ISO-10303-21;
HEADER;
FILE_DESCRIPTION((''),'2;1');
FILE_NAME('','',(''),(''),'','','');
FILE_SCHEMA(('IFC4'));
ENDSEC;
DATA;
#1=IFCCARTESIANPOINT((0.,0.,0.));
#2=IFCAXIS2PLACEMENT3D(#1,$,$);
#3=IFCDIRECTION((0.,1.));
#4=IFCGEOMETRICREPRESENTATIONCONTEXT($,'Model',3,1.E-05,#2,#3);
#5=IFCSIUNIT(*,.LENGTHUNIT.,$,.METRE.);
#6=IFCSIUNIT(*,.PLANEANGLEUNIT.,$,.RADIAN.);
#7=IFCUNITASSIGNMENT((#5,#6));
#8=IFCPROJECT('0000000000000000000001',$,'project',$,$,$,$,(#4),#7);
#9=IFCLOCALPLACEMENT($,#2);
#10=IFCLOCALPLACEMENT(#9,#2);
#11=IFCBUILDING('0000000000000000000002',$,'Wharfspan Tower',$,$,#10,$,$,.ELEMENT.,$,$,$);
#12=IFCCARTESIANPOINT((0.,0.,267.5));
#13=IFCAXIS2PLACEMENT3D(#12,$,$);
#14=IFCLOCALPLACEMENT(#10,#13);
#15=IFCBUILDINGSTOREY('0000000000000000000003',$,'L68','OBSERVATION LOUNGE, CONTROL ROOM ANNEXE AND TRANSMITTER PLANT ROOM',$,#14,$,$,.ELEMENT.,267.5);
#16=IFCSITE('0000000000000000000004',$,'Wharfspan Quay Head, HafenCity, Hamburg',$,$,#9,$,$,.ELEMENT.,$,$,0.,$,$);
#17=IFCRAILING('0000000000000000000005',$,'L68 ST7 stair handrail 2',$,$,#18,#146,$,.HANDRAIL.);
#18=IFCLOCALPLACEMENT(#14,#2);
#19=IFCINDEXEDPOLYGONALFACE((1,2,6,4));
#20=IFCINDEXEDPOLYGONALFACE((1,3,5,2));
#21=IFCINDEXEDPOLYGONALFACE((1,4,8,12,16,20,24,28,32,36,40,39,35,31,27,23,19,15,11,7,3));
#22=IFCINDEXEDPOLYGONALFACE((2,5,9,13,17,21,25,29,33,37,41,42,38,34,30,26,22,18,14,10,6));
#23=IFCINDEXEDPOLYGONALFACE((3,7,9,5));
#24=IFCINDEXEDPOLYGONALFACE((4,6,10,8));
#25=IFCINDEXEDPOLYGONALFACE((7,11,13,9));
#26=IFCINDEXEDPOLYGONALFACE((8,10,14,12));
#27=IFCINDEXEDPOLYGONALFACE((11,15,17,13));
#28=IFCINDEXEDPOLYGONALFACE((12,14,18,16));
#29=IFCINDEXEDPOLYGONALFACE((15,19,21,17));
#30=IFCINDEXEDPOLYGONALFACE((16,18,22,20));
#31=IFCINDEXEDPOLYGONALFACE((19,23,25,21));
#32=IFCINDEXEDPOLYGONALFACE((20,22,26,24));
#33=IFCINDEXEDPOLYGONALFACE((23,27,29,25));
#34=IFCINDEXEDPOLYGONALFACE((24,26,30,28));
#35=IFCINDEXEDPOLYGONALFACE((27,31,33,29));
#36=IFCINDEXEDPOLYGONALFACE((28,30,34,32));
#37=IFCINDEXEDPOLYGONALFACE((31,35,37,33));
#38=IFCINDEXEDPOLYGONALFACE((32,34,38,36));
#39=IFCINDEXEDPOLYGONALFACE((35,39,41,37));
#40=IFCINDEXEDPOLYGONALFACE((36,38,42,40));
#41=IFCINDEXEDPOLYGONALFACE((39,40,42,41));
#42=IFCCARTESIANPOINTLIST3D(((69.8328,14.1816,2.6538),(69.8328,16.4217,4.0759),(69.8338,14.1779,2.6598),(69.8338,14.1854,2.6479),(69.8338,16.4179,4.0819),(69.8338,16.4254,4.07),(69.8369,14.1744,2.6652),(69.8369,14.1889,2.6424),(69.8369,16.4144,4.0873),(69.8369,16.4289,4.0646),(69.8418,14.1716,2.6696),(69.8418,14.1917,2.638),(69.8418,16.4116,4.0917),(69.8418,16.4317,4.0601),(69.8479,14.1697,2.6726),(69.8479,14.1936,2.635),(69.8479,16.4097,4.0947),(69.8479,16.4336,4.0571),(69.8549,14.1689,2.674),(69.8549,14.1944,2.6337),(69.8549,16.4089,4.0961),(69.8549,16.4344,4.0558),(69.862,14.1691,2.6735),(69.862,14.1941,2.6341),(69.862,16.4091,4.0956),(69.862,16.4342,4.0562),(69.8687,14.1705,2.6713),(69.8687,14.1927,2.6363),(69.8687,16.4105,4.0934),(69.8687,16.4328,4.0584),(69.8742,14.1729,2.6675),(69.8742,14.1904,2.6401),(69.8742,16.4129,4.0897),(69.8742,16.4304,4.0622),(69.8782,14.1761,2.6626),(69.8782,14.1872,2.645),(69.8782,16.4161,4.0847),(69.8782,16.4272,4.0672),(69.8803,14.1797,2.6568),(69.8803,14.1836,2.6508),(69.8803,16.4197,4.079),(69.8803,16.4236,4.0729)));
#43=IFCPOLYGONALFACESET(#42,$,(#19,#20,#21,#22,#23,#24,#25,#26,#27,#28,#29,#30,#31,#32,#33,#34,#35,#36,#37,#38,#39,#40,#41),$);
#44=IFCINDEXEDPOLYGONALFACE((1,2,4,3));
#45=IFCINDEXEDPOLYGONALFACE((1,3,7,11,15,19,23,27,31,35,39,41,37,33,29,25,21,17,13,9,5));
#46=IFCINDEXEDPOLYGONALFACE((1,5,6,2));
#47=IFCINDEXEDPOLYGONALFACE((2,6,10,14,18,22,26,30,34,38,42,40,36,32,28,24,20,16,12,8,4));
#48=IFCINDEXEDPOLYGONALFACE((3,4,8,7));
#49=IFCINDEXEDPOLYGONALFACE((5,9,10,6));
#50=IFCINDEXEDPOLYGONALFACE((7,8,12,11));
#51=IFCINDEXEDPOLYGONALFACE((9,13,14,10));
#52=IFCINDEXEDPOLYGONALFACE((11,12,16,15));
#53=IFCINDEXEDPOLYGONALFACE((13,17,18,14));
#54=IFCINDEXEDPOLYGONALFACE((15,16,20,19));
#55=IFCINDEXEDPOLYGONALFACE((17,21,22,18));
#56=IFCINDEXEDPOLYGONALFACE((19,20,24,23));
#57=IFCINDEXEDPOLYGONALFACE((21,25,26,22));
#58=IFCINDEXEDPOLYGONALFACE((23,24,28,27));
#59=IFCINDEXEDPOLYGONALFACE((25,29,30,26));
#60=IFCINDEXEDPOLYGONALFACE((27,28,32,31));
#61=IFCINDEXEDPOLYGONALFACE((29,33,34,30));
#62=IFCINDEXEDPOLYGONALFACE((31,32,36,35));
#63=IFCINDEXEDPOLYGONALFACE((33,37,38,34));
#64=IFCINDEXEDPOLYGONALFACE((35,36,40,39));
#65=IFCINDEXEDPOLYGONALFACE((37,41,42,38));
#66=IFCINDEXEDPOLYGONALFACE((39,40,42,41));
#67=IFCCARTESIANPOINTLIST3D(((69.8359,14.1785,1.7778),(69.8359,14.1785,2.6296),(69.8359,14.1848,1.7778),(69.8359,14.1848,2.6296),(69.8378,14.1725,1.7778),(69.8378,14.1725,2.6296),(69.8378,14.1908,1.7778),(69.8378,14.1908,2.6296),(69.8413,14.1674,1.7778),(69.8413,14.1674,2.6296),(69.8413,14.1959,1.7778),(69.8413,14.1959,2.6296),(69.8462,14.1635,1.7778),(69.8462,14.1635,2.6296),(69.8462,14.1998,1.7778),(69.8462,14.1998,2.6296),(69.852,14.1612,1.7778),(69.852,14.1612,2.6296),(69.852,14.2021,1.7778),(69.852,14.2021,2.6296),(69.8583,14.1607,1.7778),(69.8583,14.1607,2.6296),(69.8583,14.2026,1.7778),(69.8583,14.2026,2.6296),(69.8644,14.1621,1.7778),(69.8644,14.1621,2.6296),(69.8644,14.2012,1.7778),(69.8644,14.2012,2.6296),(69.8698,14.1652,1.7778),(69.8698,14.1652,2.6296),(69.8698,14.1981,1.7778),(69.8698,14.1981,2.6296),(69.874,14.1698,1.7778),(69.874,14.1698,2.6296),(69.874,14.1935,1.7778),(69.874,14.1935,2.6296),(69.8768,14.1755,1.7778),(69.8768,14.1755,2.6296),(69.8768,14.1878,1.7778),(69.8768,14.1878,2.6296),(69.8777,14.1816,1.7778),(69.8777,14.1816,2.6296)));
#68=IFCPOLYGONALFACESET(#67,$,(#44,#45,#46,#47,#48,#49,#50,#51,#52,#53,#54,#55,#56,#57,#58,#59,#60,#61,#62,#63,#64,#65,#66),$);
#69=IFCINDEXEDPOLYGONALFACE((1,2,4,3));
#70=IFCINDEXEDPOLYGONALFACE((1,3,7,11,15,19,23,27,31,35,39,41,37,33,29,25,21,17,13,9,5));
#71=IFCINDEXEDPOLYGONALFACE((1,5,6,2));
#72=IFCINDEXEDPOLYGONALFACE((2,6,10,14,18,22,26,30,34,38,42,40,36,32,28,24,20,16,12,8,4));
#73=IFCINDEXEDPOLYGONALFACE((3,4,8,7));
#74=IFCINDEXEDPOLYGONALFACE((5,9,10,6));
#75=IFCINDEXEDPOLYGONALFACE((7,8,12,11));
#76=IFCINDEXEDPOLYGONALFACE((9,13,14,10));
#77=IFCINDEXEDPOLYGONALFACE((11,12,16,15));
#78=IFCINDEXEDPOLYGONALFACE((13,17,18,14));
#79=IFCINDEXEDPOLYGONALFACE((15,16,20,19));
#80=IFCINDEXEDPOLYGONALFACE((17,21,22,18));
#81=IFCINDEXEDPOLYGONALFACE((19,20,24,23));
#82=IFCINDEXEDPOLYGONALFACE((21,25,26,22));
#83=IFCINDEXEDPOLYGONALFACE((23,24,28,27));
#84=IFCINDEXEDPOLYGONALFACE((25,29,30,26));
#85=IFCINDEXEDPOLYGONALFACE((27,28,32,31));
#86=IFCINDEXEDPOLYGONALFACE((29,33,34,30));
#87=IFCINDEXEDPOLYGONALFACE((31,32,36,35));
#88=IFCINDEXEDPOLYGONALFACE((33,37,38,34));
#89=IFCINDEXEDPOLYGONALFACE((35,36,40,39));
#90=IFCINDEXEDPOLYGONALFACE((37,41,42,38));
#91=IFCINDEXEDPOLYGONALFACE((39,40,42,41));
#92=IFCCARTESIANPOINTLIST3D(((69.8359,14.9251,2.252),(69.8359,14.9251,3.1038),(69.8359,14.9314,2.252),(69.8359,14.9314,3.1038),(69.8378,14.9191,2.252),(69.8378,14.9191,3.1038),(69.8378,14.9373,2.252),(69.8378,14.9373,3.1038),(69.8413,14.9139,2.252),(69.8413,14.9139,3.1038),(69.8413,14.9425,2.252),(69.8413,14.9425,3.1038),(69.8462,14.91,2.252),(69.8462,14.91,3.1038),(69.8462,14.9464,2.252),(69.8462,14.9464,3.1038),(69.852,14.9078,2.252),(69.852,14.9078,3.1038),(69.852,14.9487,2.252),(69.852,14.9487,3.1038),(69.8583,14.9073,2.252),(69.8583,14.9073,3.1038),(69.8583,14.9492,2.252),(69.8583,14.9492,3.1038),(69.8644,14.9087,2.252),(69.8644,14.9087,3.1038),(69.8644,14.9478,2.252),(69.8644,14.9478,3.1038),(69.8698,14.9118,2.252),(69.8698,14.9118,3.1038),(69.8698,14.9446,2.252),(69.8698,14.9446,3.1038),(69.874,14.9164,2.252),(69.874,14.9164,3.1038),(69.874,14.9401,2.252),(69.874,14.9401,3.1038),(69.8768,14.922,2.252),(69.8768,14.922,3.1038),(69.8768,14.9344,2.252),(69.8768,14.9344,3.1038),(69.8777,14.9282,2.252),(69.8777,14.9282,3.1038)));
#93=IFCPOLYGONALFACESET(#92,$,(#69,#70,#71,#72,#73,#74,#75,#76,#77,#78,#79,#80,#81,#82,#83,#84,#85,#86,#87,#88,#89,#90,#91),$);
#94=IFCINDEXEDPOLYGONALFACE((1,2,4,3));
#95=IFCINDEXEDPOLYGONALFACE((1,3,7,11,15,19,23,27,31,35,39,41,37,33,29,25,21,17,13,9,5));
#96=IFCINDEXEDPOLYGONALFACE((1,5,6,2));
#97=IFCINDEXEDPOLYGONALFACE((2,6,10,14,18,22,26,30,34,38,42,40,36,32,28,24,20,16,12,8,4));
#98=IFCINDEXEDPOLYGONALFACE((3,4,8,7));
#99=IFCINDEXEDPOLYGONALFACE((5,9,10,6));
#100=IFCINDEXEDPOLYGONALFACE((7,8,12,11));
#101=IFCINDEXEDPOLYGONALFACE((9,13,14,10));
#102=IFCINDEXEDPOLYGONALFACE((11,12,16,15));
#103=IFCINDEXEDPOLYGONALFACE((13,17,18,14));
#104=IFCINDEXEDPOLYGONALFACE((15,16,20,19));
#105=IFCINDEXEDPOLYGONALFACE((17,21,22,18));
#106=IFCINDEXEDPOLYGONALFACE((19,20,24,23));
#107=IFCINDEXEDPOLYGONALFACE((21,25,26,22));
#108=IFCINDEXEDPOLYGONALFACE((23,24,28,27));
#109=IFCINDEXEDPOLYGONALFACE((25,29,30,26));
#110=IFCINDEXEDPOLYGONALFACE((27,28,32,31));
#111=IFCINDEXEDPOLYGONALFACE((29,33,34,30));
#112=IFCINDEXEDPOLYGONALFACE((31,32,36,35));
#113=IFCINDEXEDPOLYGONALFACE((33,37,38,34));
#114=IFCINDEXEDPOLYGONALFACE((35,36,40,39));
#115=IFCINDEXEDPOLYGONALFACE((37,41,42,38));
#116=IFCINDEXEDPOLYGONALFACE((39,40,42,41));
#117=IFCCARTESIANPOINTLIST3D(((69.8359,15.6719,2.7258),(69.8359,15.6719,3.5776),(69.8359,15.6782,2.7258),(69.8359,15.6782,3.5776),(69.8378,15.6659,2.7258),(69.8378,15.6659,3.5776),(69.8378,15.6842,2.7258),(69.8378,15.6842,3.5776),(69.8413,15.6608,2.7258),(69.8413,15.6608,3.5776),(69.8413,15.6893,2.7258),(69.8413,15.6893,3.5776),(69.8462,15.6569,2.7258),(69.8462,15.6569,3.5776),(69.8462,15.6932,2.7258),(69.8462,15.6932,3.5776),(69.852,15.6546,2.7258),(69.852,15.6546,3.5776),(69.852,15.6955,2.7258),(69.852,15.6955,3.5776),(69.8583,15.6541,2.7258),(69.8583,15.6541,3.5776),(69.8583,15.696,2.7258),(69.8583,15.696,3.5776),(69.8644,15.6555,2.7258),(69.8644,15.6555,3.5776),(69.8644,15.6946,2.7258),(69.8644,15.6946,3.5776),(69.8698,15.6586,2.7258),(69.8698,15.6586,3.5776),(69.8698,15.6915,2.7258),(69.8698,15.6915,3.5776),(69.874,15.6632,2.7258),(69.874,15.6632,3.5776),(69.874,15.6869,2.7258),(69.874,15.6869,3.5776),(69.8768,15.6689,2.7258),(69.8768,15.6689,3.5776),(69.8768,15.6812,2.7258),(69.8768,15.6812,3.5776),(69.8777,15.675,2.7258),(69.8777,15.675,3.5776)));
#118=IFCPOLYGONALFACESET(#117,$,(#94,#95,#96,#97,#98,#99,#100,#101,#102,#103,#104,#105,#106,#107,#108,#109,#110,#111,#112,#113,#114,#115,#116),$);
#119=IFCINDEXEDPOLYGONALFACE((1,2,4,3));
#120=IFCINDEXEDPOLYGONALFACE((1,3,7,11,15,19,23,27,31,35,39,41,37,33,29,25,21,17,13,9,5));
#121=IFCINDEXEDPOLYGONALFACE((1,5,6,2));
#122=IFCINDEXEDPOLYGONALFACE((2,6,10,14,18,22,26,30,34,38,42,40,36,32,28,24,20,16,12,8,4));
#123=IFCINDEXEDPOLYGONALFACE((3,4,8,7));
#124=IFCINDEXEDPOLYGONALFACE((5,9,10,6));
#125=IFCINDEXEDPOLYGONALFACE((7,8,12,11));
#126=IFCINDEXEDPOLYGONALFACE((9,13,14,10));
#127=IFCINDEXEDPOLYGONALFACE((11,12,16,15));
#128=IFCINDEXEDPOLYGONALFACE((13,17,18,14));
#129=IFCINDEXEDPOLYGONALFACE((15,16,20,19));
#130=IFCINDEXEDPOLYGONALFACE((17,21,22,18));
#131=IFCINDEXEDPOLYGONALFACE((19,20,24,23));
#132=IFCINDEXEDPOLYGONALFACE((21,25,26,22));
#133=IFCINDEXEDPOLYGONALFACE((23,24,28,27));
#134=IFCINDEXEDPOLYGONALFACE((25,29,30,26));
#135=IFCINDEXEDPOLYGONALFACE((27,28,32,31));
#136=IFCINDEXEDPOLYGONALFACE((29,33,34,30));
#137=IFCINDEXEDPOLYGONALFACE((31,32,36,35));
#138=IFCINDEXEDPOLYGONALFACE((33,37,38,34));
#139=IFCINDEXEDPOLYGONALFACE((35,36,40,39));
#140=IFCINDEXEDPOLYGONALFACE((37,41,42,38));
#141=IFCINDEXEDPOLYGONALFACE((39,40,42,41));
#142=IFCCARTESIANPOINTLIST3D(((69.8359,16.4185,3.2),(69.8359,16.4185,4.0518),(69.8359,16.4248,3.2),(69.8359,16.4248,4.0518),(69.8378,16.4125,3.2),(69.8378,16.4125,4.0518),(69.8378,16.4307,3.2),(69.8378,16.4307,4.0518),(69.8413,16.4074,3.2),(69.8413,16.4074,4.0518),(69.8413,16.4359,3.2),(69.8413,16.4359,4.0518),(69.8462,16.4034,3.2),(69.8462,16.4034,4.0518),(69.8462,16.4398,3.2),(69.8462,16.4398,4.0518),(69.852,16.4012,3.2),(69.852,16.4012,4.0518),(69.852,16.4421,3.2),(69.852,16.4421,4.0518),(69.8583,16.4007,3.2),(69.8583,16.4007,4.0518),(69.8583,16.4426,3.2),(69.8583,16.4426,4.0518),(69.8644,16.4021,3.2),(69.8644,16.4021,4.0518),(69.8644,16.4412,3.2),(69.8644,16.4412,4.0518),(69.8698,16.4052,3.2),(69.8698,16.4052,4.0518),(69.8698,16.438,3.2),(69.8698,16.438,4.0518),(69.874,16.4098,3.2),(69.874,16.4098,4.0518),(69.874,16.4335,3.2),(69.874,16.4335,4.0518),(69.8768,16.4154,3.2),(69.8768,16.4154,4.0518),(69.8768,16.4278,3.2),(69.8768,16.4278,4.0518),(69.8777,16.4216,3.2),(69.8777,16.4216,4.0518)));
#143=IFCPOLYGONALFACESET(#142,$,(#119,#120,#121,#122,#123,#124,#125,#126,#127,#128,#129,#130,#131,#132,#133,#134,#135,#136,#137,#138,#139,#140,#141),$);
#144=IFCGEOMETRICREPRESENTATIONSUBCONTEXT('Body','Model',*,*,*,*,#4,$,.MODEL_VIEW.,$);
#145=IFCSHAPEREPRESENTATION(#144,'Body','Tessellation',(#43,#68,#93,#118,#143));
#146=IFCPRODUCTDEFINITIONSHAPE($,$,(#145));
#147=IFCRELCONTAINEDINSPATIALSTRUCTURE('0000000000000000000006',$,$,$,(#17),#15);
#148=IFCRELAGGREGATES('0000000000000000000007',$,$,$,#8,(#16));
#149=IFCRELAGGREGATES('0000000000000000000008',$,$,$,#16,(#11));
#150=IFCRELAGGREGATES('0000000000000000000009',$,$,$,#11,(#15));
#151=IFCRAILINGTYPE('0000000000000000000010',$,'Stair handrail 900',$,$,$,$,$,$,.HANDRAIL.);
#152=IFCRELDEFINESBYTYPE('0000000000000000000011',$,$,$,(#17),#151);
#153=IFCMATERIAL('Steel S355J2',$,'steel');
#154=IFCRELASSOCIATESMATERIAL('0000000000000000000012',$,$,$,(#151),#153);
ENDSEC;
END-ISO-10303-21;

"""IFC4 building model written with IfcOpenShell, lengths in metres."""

from ifc_helpers import new_model, si_unit, direction, frame, origin, origin_2d, place, context, subcontext, project, spatial, circle, extrude, material, type_object, element, save


model = new_model("IFC4")

# Units and contexts
model_context = context("Model", 3, precision=1e-05, world=origin(), true_north=direction((0.0, 1.0)))
body_context = subcontext(model_context, "Body", "Model", "MODEL_VIEW")
ifc_project = project(units=[si_unit("LENGTHUNIT", "METRE"), si_unit("PLANEANGLEUNIT", "RADIAN")], contexts=[model_context])

# Site, building, storey
site_placement = place(None, origin())
site = spatial("IfcSite", under=ifc_project, at=site_placement, Name="Wharfspan Quay Head, HafenCity, Hamburg", CompositionType="ELEMENT", RefElevation=0.0)
building_placement = place(site_placement, origin())
building = spatial("IfcBuilding", under=site, at=building_placement, Name="Wharfspan Tower", CompositionType="ELEMENT")
storey_placement = place(building_placement, frame((0.0, 0.0, 267.5)))
storey = spatial("IfcBuildingStorey", under=building, at=storey_placement, Name="L68", Description="OBSERVATION LOUNGE, CONTROL ROOM ANNEXE AND TRANSMITTER PLANT ROOM", CompositionType="ELEMENT", Elevation=267.5)

# Shared definitions
ifc_material_1 = material(Name="Steel S355J2", Category="steel")

# Railing
railing_type_1 = type_object("IfcRailingType", Name="Stair handrail 900", PredefinedType="HANDRAIL", material=ifc_material_1)
railing_1_placement = place(storey_placement, frame((69.8567, 14.1816, 1.7778)))
element("IfcRailing", 1, at=railing_1_placement, inside=storey, type_object=railing_type_1, Name="L68 ST7 stair handrail 2", PredefinedType="HANDRAIL", context=body_context, shape_type="SweptSolid", body=[
    extrude(circle(Radius=0.0239, at=origin_2d()), frame((0.0, 0.0, 0.876), z_axis=(0.0, 0.844229, 0.535982), x_axis=(-1.0, 0.0, 0.0)), (0.0, 0.0, 1.0), 2.6533),
    extrude(circle(Radius=0.021, at=origin_2d()), origin(), (0.0, 0.0, 1.0), 0.8518),
    extrude(circle(Radius=0.021, at=origin_2d()), frame((0.0, 0.7466, 0.4741)), (0.0, 0.0, 1.0), 0.8518),
    extrude(circle(Radius=0.021, at=origin_2d()), frame((0.0, 1.4934, 0.948)), (0.0, 0.0, 1.0), 0.8518),
    extrude(circle(Radius=0.021, at=origin_2d()), frame((0.0, 2.24, 1.4221)), (0.0, 0.0, 1.0), 0.8518),
])

save(model, "model.ifc")
